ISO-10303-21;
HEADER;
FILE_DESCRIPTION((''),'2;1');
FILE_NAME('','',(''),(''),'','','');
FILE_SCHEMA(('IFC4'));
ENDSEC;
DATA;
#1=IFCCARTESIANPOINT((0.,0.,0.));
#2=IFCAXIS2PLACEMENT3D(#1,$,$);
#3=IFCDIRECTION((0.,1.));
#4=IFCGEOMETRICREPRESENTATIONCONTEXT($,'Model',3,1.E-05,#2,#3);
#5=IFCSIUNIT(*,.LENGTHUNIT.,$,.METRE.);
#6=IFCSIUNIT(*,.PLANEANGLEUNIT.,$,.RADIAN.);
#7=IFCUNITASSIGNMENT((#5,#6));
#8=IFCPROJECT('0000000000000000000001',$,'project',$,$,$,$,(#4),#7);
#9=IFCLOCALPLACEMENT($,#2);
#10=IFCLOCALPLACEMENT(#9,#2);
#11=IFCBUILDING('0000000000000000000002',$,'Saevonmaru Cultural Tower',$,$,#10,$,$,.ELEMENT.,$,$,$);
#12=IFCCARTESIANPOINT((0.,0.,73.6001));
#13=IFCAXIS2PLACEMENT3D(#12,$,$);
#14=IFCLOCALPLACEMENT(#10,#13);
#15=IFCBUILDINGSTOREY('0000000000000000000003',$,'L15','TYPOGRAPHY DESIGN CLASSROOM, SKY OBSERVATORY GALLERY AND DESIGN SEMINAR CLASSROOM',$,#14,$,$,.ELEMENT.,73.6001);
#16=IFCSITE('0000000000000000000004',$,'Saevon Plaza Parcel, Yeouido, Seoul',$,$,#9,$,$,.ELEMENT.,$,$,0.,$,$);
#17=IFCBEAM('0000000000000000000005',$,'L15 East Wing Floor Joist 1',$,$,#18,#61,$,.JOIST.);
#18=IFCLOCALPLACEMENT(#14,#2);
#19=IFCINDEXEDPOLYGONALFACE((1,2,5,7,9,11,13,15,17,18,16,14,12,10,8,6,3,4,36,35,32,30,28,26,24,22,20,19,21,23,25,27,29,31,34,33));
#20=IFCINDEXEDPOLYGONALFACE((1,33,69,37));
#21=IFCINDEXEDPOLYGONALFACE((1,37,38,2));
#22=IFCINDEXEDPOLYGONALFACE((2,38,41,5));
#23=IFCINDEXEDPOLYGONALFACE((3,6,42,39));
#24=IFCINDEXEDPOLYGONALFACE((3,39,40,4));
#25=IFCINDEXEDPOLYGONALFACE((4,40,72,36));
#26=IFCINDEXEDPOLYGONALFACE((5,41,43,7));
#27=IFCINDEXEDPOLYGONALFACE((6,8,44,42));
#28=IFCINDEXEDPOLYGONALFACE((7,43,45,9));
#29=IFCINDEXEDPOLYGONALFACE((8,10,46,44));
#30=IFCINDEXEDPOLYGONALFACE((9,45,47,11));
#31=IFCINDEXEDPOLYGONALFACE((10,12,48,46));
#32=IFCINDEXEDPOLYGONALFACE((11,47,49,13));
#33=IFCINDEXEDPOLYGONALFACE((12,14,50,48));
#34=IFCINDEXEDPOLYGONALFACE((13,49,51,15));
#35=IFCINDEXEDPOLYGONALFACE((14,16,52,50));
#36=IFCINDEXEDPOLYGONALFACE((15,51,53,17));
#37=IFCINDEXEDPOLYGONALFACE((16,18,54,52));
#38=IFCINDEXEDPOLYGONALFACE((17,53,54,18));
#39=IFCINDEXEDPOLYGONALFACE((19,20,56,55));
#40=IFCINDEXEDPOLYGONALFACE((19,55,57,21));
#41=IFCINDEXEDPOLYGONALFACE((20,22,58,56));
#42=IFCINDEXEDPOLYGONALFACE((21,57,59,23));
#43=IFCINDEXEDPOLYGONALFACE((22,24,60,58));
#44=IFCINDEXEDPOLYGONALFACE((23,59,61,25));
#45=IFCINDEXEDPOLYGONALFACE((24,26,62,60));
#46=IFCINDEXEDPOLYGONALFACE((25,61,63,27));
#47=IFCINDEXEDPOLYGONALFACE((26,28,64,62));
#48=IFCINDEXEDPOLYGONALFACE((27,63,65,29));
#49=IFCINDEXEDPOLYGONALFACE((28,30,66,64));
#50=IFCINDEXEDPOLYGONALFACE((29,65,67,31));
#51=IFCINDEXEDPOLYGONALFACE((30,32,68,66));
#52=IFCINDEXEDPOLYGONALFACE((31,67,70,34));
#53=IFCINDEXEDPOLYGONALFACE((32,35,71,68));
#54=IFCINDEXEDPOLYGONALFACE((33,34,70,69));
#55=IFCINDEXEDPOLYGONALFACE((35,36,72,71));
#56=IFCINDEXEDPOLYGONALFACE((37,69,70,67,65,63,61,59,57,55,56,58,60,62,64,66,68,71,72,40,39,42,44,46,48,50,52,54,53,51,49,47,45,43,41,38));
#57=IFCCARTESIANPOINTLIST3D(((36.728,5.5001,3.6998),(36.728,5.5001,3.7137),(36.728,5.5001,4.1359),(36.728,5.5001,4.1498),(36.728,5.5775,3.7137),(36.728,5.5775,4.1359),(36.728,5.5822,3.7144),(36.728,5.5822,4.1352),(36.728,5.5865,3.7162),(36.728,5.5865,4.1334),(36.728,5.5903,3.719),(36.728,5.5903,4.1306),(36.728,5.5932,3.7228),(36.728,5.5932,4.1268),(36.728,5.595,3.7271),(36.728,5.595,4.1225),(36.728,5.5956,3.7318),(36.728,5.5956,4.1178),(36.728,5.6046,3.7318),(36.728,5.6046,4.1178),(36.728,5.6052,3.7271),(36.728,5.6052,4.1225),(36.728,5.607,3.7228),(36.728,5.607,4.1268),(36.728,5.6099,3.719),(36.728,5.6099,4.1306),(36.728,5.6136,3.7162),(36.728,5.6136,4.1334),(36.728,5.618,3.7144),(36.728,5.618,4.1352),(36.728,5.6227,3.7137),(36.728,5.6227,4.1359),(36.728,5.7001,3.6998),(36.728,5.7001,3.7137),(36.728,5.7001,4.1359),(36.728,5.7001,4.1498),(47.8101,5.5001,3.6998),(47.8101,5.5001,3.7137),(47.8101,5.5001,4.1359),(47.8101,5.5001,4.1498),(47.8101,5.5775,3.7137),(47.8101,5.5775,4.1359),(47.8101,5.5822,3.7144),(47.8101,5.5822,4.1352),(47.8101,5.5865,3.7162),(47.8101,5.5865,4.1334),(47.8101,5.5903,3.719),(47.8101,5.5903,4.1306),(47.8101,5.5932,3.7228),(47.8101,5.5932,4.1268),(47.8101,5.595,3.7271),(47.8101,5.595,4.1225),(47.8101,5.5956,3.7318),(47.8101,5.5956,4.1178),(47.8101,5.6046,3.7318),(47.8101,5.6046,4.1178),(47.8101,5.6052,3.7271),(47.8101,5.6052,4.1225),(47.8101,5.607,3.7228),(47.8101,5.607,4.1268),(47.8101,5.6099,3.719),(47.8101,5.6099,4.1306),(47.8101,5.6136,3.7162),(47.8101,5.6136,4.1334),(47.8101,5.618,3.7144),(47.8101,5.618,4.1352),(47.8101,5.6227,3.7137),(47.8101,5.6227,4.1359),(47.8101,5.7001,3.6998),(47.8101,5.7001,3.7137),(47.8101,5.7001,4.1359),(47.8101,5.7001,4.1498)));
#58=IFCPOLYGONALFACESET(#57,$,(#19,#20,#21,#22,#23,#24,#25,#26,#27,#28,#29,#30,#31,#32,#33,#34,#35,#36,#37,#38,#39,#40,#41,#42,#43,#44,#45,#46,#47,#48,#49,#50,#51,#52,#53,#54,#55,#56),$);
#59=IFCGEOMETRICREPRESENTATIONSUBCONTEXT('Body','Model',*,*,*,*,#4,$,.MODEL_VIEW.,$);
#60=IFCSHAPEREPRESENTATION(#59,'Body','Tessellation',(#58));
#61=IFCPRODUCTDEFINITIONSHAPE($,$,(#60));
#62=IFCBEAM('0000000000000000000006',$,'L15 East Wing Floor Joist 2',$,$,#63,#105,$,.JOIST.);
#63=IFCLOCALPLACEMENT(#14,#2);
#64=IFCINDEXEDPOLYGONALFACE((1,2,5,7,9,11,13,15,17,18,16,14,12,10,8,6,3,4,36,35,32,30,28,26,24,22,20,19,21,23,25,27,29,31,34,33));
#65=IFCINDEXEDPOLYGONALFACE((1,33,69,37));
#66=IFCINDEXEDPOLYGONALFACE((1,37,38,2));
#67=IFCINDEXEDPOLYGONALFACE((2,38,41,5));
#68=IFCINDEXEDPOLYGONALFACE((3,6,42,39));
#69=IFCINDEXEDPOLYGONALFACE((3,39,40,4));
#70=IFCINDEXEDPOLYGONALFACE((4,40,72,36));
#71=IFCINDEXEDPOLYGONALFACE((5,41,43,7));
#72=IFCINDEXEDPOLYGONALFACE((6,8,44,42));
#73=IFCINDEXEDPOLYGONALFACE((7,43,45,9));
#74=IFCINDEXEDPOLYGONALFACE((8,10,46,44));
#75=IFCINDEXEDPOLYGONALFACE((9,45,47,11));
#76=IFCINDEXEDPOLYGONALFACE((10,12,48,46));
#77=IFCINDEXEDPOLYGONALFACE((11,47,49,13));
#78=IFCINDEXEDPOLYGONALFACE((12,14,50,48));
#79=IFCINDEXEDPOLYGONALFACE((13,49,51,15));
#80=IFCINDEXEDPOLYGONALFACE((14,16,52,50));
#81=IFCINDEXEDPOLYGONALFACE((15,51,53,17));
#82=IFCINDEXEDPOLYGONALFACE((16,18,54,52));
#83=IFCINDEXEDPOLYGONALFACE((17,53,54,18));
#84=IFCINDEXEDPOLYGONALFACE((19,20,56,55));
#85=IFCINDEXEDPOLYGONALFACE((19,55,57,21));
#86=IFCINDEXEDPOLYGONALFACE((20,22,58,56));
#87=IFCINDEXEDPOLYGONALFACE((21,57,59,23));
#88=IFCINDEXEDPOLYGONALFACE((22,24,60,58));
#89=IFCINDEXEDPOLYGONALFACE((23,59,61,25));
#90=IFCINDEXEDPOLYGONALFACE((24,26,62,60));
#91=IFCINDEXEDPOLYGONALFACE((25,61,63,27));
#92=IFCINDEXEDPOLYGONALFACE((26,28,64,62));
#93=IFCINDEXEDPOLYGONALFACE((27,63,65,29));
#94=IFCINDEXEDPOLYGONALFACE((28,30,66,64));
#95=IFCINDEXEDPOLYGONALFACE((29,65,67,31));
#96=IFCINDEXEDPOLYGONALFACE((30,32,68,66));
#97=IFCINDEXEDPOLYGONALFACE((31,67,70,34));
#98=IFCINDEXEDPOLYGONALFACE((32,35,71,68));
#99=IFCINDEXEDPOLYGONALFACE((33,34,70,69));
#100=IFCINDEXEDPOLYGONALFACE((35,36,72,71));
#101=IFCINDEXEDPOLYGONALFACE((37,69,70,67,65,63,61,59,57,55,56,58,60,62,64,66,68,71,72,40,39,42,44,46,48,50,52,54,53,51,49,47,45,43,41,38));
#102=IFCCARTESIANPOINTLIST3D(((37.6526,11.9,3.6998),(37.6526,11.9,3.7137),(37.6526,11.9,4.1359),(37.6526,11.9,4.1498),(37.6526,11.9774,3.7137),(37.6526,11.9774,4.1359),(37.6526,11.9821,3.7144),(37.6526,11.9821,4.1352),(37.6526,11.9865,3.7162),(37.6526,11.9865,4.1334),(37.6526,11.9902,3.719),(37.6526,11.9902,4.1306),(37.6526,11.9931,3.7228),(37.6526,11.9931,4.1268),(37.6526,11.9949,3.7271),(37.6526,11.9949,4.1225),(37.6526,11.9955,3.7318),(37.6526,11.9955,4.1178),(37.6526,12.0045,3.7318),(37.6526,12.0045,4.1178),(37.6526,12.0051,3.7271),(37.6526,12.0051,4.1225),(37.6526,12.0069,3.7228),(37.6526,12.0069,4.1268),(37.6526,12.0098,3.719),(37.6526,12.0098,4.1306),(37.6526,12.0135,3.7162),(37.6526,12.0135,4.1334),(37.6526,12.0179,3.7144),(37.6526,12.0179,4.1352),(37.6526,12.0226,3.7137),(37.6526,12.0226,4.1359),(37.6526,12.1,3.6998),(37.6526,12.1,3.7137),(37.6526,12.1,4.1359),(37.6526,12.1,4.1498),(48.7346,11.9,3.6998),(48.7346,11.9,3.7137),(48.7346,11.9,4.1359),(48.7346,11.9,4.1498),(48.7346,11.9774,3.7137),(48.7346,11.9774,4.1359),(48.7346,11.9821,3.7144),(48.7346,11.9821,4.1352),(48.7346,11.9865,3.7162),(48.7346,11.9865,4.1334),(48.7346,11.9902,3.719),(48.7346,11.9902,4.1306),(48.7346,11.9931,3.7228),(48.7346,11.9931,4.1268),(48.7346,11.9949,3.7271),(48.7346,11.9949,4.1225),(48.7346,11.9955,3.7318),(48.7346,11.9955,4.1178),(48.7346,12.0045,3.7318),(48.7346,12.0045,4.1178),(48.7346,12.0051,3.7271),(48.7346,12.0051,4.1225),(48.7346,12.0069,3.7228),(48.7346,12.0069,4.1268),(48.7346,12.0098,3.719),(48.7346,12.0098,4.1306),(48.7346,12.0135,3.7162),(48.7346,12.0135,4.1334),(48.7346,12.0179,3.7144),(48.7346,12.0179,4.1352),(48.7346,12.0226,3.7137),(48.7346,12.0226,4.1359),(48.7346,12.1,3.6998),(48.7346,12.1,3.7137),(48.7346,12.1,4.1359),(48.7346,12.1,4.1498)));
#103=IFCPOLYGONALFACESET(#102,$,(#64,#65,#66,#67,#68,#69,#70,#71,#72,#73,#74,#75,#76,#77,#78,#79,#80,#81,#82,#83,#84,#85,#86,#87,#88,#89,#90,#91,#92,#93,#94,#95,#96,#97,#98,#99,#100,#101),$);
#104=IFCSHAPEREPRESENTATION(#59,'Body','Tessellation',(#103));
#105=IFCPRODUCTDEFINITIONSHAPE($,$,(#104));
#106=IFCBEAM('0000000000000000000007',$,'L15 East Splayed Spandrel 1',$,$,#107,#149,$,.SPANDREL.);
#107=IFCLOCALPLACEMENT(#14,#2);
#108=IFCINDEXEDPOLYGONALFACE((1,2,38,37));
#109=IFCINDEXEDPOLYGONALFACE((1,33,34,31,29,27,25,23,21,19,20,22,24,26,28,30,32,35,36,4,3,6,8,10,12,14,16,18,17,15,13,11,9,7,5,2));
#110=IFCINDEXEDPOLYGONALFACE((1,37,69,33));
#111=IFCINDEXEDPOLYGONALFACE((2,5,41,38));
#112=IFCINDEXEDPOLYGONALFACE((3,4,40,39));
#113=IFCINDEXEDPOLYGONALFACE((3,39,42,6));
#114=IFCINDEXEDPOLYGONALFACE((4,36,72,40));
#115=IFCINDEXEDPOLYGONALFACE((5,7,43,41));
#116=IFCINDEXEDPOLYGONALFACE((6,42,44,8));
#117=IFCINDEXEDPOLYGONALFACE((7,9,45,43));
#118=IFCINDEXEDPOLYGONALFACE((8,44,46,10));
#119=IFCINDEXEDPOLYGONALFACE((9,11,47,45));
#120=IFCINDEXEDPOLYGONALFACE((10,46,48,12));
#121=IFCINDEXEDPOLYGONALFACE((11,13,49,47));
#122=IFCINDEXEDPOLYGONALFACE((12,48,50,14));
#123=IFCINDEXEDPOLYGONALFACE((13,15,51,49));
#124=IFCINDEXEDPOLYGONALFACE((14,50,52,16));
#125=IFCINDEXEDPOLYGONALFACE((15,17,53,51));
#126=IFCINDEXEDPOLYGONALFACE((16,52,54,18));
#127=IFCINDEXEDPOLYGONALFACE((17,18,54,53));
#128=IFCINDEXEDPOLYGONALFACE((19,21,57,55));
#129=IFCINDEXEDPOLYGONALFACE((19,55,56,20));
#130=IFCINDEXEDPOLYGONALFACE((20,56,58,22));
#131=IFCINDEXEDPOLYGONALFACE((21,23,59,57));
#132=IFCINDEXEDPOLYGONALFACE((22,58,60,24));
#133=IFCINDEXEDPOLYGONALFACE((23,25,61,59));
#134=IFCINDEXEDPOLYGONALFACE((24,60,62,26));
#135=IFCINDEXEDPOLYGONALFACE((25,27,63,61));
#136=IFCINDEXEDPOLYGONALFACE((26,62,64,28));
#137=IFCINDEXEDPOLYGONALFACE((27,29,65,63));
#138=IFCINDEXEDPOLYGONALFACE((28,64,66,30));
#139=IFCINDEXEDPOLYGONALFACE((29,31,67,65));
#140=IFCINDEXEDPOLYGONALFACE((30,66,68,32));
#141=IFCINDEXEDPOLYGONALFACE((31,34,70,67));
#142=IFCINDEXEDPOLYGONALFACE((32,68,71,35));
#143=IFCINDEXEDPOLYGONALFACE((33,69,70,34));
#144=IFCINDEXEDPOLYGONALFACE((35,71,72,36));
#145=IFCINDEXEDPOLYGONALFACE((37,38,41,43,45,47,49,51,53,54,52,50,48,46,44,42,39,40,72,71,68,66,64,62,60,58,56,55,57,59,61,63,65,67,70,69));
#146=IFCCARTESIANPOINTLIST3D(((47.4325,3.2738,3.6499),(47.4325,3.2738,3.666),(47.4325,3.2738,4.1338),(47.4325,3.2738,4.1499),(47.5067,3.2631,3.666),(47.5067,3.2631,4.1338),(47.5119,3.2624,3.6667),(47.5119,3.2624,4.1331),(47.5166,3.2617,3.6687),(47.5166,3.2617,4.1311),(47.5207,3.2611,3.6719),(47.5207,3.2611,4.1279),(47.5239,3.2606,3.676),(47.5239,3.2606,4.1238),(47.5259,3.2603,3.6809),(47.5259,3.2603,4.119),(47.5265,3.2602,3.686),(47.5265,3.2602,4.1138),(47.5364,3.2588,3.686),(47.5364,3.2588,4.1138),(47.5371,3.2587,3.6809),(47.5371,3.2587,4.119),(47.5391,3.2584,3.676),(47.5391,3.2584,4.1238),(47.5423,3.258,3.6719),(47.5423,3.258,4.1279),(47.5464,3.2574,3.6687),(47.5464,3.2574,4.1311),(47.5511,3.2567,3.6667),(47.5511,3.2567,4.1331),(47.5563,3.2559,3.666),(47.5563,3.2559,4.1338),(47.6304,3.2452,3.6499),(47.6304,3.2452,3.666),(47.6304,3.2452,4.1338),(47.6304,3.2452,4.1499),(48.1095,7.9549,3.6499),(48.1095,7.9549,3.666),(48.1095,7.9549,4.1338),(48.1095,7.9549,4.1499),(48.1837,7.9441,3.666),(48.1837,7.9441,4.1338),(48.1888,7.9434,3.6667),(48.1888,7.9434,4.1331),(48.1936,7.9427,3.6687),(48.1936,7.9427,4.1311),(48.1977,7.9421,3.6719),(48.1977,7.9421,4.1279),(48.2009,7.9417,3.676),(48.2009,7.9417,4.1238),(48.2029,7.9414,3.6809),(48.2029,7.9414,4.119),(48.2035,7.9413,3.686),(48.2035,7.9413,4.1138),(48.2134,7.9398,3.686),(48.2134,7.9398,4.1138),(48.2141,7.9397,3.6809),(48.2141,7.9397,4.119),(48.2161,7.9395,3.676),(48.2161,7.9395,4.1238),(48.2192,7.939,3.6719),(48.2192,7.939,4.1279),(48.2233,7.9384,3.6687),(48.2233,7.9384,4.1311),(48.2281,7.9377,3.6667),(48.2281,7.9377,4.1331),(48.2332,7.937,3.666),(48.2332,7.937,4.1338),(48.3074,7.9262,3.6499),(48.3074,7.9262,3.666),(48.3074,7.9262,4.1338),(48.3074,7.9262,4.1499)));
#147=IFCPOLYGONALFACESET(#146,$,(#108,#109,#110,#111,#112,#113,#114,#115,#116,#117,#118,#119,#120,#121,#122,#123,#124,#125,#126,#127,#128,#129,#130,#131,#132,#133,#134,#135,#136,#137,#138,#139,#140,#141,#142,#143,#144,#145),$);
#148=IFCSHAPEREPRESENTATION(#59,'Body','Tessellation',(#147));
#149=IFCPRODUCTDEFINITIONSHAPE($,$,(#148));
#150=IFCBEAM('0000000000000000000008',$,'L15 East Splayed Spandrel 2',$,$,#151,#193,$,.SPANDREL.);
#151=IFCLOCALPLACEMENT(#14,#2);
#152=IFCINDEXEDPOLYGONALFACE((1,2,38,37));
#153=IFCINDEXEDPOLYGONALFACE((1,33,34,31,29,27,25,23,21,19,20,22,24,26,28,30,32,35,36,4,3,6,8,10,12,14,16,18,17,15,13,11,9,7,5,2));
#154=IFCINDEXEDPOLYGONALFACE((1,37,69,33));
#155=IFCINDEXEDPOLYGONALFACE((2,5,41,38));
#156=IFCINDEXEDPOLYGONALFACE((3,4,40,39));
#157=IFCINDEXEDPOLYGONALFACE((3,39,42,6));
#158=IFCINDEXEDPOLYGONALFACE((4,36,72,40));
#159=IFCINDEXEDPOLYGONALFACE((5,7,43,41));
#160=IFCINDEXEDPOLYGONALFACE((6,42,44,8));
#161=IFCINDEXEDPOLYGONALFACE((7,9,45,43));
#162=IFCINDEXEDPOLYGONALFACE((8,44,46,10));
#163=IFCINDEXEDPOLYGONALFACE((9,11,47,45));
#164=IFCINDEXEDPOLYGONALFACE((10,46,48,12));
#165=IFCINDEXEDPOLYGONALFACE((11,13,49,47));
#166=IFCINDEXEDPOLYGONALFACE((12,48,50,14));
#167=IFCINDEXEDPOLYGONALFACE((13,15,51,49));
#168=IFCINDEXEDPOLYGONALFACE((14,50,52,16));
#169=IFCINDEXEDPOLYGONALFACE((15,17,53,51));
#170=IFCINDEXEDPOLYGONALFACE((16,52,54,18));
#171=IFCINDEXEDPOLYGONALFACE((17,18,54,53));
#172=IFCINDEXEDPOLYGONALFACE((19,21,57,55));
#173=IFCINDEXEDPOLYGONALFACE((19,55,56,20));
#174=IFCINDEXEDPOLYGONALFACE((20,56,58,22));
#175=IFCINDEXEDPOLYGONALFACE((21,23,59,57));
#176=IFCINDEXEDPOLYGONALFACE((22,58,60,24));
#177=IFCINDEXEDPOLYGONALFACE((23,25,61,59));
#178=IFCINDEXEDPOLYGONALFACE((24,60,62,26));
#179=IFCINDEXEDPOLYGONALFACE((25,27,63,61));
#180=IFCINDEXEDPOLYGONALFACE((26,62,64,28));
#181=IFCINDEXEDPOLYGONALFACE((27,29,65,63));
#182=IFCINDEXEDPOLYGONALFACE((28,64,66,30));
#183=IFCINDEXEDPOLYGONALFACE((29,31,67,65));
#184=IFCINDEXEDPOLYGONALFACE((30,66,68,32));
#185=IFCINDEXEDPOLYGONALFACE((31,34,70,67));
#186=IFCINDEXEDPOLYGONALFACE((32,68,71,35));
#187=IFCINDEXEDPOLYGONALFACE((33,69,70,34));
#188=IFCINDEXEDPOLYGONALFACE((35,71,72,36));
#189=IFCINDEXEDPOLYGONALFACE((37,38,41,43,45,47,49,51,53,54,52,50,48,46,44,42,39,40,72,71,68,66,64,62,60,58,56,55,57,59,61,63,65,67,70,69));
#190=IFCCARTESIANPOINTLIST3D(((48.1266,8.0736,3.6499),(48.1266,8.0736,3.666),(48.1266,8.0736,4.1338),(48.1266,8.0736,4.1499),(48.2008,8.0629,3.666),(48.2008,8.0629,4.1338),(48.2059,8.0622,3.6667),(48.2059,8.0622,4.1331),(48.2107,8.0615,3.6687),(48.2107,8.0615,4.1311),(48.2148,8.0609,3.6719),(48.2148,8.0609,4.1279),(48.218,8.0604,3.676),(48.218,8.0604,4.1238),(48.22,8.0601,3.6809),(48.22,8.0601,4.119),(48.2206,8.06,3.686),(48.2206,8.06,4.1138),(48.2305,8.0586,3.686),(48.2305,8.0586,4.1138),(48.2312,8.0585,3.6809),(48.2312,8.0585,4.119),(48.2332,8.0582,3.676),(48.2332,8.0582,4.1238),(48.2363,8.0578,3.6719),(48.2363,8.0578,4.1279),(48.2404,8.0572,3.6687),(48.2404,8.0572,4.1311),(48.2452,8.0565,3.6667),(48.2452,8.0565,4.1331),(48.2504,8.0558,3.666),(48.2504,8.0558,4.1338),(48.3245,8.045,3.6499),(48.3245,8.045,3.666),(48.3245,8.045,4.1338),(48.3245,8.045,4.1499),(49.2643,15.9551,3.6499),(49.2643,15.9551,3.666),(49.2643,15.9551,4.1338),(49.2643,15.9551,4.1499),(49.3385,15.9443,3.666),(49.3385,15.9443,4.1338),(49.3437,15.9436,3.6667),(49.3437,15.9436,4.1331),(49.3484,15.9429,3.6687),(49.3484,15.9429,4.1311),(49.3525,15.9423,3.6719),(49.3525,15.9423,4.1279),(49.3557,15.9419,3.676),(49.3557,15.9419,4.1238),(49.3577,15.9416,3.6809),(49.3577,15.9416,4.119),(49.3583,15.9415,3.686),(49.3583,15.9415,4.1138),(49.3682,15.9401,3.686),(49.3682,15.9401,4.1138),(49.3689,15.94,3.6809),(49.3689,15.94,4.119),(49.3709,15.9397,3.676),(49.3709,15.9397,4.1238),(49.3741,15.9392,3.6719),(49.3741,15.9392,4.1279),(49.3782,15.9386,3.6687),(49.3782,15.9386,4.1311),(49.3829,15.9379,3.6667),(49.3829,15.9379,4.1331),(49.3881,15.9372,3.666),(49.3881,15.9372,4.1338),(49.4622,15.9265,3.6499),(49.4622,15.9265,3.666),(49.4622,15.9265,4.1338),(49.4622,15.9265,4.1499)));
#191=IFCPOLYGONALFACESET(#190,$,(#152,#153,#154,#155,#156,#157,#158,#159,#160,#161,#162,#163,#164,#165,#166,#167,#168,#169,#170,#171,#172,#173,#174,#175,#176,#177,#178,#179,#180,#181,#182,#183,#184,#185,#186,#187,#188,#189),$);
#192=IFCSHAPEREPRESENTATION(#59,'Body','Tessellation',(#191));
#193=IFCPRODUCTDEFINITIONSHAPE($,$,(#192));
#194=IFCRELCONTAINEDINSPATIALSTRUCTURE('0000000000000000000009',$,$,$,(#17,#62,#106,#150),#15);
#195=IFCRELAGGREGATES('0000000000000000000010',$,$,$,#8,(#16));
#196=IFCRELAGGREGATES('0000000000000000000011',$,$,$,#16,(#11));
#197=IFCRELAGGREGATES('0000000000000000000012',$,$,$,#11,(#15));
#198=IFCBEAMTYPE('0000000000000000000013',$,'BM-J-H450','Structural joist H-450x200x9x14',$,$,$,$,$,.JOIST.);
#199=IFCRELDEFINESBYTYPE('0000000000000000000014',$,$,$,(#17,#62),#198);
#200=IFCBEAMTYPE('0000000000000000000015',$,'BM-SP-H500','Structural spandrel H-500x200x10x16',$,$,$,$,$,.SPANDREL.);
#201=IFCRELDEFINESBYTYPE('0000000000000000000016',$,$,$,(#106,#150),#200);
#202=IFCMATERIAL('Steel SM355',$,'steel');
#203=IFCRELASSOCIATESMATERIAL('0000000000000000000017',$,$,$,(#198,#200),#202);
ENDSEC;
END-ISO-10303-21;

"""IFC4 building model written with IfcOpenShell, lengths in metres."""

from ifc_helpers import new_model, si_unit, direction, frame, origin, origin_2d, place, context, subcontext, project, spatial, i_section, extrude, material, material_profile, profile_set, type_object, element, save


model = new_model("IFC4")

# Units and contexts
model_context = context("Model", 3, precision=1e-05, world=origin(), true_north=direction((0.0, 1.0)))
body_context = subcontext(model_context, "Body", "Model", "MODEL_VIEW")
ifc_project = project(units=[si_unit("LENGTHUNIT", "METRE"), si_unit("PLANEANGLEUNIT", "RADIAN")], contexts=[model_context])

# Site, building, storey
site_placement = place(None, origin())
site = spatial("IfcSite", under=ifc_project, at=site_placement, Name="Saevon Plaza Parcel, Yeouido, Seoul", CompositionType="ELEMENT", RefElevation=0.0)
building_placement = place(site_placement, origin())
building = spatial("IfcBuilding", under=site, at=building_placement, Name="Saevonmaru Cultural Tower", CompositionType="ELEMENT")
storey_placement = place(building_placement, frame((0.0, 0.0, 73.6001)))
storey = spatial("IfcBuildingStorey", under=building, at=storey_placement, Name="L15", Description="TYPOGRAPHY DESIGN CLASSROOM, SKY OBSERVATORY GALLERY AND DESIGN SEMINAR CLASSROOM", CompositionType="ELEMENT", Elevation=73.6001)

# Beams
ifc_material_1 = material(Name="Steel SM355", Category="steel")
ifc_material_profile_1 = material_profile(ifc_material_1, i_section(OverallWidth=0.2, OverallDepth=0.45, WebThickness=0.009, FlangeThickness=0.0139, FilletRadius=0.0181, at=origin_2d()), Name="H-450x200x9x14")
ifc_profile_set_1 = profile_set([ifc_material_profile_1], Name="Steel SM355")
beam_type_1 = type_object("IfcBeamType", Name="BM-J-H450", Description="Structural joist H-450x200x9x14", PredefinedType="JOIST", material=ifc_profile_set_1)
for number, where, z_axis, x_axis, name in (
    (1, (36.728, 5.6001, 3.9248), (1.0, 0.0, 0.0), (0.0, 1.0, 0.0), "L15 East Wing Floor Joist 1"),
    (2, (37.6526, 12.0, 3.9248), (1.0, 0.0, 0.0), (0.0, 1.0, 0.0), "L15 East Wing Floor Joist 2"),
):
    element("IfcBeam", number, at=place(storey_placement, frame(where, z_axis=z_axis, x_axis=x_axis)), inside=storey, type_object=beam_type_1, Name=name, PredefinedType="JOIST", context=body_context, shape_type="SweptSolid", body=[
        extrude(i_section(OverallWidth=0.2, OverallDepth=0.45, WebThickness=0.009, FlangeThickness=0.0139, FilletRadius=0.0181, at=origin_2d()), origin(), (0.0, 0.0, 1.0), 11.082),
    ])
ifc_material_profile_2 = material_profile(ifc_material_1, i_section(OverallWidth=0.2, OverallDepth=0.5, WebThickness=0.01, FlangeThickness=0.0161, FilletRadius=0.02, at=origin_2d()), Name="H-500x200x10x16")
ifc_profile_set_2 = profile_set([ifc_material_profile_2], Name="Steel SM355")
beam_type_2 = type_object("IfcBeamType", Name="BM-SP-H500", Description="Structural spandrel H-500x200x10x16", PredefinedType="SPANDREL", material=ifc_profile_set_2)
beam_1_placement = place(storey_placement, frame((47.5315, 3.2595, 3.8999), z_axis=(0.143134, 0.989703, 0.0), x_axis=(-0.989703, 0.143134, 0.0)))
element("IfcBeam", 3, at=beam_1_placement, inside=storey, type_object=beam_type_2, Name="L15 East Splayed Spandrel 1", PredefinedType="SPANDREL", context=body_context, shape_type="SweptSolid", body=[
    extrude(i_section(OverallWidth=0.2, OverallDepth=0.5, WebThickness=0.01, FlangeThickness=0.0161, FilletRadius=0.02, at=origin_2d()), origin(), (0.0, 0.0, 1.0), 4.7297),
])
beam_2_placement = place(storey_placement, frame((48.2256, 8.0593, 3.8999), z_axis=(0.142872, 0.989741, 0.0), x_axis=(-0.989741, 0.142872, 0.0)))
element("IfcBeam", 4, at=beam_2_placement, inside=storey, type_object=beam_type_2, Name="L15 East Splayed Spandrel 2", PredefinedType="SPANDREL", context=body_context, shape_type="SweptSolid", body=[
    extrude(i_section(OverallWidth=0.2, OverallDepth=0.5, WebThickness=0.01, FlangeThickness=0.0161, FilletRadius=0.02, at=origin_2d()), origin(), (0.0, 0.0, 1.0), 7.9631),
])

save(model, "model.ifc")
